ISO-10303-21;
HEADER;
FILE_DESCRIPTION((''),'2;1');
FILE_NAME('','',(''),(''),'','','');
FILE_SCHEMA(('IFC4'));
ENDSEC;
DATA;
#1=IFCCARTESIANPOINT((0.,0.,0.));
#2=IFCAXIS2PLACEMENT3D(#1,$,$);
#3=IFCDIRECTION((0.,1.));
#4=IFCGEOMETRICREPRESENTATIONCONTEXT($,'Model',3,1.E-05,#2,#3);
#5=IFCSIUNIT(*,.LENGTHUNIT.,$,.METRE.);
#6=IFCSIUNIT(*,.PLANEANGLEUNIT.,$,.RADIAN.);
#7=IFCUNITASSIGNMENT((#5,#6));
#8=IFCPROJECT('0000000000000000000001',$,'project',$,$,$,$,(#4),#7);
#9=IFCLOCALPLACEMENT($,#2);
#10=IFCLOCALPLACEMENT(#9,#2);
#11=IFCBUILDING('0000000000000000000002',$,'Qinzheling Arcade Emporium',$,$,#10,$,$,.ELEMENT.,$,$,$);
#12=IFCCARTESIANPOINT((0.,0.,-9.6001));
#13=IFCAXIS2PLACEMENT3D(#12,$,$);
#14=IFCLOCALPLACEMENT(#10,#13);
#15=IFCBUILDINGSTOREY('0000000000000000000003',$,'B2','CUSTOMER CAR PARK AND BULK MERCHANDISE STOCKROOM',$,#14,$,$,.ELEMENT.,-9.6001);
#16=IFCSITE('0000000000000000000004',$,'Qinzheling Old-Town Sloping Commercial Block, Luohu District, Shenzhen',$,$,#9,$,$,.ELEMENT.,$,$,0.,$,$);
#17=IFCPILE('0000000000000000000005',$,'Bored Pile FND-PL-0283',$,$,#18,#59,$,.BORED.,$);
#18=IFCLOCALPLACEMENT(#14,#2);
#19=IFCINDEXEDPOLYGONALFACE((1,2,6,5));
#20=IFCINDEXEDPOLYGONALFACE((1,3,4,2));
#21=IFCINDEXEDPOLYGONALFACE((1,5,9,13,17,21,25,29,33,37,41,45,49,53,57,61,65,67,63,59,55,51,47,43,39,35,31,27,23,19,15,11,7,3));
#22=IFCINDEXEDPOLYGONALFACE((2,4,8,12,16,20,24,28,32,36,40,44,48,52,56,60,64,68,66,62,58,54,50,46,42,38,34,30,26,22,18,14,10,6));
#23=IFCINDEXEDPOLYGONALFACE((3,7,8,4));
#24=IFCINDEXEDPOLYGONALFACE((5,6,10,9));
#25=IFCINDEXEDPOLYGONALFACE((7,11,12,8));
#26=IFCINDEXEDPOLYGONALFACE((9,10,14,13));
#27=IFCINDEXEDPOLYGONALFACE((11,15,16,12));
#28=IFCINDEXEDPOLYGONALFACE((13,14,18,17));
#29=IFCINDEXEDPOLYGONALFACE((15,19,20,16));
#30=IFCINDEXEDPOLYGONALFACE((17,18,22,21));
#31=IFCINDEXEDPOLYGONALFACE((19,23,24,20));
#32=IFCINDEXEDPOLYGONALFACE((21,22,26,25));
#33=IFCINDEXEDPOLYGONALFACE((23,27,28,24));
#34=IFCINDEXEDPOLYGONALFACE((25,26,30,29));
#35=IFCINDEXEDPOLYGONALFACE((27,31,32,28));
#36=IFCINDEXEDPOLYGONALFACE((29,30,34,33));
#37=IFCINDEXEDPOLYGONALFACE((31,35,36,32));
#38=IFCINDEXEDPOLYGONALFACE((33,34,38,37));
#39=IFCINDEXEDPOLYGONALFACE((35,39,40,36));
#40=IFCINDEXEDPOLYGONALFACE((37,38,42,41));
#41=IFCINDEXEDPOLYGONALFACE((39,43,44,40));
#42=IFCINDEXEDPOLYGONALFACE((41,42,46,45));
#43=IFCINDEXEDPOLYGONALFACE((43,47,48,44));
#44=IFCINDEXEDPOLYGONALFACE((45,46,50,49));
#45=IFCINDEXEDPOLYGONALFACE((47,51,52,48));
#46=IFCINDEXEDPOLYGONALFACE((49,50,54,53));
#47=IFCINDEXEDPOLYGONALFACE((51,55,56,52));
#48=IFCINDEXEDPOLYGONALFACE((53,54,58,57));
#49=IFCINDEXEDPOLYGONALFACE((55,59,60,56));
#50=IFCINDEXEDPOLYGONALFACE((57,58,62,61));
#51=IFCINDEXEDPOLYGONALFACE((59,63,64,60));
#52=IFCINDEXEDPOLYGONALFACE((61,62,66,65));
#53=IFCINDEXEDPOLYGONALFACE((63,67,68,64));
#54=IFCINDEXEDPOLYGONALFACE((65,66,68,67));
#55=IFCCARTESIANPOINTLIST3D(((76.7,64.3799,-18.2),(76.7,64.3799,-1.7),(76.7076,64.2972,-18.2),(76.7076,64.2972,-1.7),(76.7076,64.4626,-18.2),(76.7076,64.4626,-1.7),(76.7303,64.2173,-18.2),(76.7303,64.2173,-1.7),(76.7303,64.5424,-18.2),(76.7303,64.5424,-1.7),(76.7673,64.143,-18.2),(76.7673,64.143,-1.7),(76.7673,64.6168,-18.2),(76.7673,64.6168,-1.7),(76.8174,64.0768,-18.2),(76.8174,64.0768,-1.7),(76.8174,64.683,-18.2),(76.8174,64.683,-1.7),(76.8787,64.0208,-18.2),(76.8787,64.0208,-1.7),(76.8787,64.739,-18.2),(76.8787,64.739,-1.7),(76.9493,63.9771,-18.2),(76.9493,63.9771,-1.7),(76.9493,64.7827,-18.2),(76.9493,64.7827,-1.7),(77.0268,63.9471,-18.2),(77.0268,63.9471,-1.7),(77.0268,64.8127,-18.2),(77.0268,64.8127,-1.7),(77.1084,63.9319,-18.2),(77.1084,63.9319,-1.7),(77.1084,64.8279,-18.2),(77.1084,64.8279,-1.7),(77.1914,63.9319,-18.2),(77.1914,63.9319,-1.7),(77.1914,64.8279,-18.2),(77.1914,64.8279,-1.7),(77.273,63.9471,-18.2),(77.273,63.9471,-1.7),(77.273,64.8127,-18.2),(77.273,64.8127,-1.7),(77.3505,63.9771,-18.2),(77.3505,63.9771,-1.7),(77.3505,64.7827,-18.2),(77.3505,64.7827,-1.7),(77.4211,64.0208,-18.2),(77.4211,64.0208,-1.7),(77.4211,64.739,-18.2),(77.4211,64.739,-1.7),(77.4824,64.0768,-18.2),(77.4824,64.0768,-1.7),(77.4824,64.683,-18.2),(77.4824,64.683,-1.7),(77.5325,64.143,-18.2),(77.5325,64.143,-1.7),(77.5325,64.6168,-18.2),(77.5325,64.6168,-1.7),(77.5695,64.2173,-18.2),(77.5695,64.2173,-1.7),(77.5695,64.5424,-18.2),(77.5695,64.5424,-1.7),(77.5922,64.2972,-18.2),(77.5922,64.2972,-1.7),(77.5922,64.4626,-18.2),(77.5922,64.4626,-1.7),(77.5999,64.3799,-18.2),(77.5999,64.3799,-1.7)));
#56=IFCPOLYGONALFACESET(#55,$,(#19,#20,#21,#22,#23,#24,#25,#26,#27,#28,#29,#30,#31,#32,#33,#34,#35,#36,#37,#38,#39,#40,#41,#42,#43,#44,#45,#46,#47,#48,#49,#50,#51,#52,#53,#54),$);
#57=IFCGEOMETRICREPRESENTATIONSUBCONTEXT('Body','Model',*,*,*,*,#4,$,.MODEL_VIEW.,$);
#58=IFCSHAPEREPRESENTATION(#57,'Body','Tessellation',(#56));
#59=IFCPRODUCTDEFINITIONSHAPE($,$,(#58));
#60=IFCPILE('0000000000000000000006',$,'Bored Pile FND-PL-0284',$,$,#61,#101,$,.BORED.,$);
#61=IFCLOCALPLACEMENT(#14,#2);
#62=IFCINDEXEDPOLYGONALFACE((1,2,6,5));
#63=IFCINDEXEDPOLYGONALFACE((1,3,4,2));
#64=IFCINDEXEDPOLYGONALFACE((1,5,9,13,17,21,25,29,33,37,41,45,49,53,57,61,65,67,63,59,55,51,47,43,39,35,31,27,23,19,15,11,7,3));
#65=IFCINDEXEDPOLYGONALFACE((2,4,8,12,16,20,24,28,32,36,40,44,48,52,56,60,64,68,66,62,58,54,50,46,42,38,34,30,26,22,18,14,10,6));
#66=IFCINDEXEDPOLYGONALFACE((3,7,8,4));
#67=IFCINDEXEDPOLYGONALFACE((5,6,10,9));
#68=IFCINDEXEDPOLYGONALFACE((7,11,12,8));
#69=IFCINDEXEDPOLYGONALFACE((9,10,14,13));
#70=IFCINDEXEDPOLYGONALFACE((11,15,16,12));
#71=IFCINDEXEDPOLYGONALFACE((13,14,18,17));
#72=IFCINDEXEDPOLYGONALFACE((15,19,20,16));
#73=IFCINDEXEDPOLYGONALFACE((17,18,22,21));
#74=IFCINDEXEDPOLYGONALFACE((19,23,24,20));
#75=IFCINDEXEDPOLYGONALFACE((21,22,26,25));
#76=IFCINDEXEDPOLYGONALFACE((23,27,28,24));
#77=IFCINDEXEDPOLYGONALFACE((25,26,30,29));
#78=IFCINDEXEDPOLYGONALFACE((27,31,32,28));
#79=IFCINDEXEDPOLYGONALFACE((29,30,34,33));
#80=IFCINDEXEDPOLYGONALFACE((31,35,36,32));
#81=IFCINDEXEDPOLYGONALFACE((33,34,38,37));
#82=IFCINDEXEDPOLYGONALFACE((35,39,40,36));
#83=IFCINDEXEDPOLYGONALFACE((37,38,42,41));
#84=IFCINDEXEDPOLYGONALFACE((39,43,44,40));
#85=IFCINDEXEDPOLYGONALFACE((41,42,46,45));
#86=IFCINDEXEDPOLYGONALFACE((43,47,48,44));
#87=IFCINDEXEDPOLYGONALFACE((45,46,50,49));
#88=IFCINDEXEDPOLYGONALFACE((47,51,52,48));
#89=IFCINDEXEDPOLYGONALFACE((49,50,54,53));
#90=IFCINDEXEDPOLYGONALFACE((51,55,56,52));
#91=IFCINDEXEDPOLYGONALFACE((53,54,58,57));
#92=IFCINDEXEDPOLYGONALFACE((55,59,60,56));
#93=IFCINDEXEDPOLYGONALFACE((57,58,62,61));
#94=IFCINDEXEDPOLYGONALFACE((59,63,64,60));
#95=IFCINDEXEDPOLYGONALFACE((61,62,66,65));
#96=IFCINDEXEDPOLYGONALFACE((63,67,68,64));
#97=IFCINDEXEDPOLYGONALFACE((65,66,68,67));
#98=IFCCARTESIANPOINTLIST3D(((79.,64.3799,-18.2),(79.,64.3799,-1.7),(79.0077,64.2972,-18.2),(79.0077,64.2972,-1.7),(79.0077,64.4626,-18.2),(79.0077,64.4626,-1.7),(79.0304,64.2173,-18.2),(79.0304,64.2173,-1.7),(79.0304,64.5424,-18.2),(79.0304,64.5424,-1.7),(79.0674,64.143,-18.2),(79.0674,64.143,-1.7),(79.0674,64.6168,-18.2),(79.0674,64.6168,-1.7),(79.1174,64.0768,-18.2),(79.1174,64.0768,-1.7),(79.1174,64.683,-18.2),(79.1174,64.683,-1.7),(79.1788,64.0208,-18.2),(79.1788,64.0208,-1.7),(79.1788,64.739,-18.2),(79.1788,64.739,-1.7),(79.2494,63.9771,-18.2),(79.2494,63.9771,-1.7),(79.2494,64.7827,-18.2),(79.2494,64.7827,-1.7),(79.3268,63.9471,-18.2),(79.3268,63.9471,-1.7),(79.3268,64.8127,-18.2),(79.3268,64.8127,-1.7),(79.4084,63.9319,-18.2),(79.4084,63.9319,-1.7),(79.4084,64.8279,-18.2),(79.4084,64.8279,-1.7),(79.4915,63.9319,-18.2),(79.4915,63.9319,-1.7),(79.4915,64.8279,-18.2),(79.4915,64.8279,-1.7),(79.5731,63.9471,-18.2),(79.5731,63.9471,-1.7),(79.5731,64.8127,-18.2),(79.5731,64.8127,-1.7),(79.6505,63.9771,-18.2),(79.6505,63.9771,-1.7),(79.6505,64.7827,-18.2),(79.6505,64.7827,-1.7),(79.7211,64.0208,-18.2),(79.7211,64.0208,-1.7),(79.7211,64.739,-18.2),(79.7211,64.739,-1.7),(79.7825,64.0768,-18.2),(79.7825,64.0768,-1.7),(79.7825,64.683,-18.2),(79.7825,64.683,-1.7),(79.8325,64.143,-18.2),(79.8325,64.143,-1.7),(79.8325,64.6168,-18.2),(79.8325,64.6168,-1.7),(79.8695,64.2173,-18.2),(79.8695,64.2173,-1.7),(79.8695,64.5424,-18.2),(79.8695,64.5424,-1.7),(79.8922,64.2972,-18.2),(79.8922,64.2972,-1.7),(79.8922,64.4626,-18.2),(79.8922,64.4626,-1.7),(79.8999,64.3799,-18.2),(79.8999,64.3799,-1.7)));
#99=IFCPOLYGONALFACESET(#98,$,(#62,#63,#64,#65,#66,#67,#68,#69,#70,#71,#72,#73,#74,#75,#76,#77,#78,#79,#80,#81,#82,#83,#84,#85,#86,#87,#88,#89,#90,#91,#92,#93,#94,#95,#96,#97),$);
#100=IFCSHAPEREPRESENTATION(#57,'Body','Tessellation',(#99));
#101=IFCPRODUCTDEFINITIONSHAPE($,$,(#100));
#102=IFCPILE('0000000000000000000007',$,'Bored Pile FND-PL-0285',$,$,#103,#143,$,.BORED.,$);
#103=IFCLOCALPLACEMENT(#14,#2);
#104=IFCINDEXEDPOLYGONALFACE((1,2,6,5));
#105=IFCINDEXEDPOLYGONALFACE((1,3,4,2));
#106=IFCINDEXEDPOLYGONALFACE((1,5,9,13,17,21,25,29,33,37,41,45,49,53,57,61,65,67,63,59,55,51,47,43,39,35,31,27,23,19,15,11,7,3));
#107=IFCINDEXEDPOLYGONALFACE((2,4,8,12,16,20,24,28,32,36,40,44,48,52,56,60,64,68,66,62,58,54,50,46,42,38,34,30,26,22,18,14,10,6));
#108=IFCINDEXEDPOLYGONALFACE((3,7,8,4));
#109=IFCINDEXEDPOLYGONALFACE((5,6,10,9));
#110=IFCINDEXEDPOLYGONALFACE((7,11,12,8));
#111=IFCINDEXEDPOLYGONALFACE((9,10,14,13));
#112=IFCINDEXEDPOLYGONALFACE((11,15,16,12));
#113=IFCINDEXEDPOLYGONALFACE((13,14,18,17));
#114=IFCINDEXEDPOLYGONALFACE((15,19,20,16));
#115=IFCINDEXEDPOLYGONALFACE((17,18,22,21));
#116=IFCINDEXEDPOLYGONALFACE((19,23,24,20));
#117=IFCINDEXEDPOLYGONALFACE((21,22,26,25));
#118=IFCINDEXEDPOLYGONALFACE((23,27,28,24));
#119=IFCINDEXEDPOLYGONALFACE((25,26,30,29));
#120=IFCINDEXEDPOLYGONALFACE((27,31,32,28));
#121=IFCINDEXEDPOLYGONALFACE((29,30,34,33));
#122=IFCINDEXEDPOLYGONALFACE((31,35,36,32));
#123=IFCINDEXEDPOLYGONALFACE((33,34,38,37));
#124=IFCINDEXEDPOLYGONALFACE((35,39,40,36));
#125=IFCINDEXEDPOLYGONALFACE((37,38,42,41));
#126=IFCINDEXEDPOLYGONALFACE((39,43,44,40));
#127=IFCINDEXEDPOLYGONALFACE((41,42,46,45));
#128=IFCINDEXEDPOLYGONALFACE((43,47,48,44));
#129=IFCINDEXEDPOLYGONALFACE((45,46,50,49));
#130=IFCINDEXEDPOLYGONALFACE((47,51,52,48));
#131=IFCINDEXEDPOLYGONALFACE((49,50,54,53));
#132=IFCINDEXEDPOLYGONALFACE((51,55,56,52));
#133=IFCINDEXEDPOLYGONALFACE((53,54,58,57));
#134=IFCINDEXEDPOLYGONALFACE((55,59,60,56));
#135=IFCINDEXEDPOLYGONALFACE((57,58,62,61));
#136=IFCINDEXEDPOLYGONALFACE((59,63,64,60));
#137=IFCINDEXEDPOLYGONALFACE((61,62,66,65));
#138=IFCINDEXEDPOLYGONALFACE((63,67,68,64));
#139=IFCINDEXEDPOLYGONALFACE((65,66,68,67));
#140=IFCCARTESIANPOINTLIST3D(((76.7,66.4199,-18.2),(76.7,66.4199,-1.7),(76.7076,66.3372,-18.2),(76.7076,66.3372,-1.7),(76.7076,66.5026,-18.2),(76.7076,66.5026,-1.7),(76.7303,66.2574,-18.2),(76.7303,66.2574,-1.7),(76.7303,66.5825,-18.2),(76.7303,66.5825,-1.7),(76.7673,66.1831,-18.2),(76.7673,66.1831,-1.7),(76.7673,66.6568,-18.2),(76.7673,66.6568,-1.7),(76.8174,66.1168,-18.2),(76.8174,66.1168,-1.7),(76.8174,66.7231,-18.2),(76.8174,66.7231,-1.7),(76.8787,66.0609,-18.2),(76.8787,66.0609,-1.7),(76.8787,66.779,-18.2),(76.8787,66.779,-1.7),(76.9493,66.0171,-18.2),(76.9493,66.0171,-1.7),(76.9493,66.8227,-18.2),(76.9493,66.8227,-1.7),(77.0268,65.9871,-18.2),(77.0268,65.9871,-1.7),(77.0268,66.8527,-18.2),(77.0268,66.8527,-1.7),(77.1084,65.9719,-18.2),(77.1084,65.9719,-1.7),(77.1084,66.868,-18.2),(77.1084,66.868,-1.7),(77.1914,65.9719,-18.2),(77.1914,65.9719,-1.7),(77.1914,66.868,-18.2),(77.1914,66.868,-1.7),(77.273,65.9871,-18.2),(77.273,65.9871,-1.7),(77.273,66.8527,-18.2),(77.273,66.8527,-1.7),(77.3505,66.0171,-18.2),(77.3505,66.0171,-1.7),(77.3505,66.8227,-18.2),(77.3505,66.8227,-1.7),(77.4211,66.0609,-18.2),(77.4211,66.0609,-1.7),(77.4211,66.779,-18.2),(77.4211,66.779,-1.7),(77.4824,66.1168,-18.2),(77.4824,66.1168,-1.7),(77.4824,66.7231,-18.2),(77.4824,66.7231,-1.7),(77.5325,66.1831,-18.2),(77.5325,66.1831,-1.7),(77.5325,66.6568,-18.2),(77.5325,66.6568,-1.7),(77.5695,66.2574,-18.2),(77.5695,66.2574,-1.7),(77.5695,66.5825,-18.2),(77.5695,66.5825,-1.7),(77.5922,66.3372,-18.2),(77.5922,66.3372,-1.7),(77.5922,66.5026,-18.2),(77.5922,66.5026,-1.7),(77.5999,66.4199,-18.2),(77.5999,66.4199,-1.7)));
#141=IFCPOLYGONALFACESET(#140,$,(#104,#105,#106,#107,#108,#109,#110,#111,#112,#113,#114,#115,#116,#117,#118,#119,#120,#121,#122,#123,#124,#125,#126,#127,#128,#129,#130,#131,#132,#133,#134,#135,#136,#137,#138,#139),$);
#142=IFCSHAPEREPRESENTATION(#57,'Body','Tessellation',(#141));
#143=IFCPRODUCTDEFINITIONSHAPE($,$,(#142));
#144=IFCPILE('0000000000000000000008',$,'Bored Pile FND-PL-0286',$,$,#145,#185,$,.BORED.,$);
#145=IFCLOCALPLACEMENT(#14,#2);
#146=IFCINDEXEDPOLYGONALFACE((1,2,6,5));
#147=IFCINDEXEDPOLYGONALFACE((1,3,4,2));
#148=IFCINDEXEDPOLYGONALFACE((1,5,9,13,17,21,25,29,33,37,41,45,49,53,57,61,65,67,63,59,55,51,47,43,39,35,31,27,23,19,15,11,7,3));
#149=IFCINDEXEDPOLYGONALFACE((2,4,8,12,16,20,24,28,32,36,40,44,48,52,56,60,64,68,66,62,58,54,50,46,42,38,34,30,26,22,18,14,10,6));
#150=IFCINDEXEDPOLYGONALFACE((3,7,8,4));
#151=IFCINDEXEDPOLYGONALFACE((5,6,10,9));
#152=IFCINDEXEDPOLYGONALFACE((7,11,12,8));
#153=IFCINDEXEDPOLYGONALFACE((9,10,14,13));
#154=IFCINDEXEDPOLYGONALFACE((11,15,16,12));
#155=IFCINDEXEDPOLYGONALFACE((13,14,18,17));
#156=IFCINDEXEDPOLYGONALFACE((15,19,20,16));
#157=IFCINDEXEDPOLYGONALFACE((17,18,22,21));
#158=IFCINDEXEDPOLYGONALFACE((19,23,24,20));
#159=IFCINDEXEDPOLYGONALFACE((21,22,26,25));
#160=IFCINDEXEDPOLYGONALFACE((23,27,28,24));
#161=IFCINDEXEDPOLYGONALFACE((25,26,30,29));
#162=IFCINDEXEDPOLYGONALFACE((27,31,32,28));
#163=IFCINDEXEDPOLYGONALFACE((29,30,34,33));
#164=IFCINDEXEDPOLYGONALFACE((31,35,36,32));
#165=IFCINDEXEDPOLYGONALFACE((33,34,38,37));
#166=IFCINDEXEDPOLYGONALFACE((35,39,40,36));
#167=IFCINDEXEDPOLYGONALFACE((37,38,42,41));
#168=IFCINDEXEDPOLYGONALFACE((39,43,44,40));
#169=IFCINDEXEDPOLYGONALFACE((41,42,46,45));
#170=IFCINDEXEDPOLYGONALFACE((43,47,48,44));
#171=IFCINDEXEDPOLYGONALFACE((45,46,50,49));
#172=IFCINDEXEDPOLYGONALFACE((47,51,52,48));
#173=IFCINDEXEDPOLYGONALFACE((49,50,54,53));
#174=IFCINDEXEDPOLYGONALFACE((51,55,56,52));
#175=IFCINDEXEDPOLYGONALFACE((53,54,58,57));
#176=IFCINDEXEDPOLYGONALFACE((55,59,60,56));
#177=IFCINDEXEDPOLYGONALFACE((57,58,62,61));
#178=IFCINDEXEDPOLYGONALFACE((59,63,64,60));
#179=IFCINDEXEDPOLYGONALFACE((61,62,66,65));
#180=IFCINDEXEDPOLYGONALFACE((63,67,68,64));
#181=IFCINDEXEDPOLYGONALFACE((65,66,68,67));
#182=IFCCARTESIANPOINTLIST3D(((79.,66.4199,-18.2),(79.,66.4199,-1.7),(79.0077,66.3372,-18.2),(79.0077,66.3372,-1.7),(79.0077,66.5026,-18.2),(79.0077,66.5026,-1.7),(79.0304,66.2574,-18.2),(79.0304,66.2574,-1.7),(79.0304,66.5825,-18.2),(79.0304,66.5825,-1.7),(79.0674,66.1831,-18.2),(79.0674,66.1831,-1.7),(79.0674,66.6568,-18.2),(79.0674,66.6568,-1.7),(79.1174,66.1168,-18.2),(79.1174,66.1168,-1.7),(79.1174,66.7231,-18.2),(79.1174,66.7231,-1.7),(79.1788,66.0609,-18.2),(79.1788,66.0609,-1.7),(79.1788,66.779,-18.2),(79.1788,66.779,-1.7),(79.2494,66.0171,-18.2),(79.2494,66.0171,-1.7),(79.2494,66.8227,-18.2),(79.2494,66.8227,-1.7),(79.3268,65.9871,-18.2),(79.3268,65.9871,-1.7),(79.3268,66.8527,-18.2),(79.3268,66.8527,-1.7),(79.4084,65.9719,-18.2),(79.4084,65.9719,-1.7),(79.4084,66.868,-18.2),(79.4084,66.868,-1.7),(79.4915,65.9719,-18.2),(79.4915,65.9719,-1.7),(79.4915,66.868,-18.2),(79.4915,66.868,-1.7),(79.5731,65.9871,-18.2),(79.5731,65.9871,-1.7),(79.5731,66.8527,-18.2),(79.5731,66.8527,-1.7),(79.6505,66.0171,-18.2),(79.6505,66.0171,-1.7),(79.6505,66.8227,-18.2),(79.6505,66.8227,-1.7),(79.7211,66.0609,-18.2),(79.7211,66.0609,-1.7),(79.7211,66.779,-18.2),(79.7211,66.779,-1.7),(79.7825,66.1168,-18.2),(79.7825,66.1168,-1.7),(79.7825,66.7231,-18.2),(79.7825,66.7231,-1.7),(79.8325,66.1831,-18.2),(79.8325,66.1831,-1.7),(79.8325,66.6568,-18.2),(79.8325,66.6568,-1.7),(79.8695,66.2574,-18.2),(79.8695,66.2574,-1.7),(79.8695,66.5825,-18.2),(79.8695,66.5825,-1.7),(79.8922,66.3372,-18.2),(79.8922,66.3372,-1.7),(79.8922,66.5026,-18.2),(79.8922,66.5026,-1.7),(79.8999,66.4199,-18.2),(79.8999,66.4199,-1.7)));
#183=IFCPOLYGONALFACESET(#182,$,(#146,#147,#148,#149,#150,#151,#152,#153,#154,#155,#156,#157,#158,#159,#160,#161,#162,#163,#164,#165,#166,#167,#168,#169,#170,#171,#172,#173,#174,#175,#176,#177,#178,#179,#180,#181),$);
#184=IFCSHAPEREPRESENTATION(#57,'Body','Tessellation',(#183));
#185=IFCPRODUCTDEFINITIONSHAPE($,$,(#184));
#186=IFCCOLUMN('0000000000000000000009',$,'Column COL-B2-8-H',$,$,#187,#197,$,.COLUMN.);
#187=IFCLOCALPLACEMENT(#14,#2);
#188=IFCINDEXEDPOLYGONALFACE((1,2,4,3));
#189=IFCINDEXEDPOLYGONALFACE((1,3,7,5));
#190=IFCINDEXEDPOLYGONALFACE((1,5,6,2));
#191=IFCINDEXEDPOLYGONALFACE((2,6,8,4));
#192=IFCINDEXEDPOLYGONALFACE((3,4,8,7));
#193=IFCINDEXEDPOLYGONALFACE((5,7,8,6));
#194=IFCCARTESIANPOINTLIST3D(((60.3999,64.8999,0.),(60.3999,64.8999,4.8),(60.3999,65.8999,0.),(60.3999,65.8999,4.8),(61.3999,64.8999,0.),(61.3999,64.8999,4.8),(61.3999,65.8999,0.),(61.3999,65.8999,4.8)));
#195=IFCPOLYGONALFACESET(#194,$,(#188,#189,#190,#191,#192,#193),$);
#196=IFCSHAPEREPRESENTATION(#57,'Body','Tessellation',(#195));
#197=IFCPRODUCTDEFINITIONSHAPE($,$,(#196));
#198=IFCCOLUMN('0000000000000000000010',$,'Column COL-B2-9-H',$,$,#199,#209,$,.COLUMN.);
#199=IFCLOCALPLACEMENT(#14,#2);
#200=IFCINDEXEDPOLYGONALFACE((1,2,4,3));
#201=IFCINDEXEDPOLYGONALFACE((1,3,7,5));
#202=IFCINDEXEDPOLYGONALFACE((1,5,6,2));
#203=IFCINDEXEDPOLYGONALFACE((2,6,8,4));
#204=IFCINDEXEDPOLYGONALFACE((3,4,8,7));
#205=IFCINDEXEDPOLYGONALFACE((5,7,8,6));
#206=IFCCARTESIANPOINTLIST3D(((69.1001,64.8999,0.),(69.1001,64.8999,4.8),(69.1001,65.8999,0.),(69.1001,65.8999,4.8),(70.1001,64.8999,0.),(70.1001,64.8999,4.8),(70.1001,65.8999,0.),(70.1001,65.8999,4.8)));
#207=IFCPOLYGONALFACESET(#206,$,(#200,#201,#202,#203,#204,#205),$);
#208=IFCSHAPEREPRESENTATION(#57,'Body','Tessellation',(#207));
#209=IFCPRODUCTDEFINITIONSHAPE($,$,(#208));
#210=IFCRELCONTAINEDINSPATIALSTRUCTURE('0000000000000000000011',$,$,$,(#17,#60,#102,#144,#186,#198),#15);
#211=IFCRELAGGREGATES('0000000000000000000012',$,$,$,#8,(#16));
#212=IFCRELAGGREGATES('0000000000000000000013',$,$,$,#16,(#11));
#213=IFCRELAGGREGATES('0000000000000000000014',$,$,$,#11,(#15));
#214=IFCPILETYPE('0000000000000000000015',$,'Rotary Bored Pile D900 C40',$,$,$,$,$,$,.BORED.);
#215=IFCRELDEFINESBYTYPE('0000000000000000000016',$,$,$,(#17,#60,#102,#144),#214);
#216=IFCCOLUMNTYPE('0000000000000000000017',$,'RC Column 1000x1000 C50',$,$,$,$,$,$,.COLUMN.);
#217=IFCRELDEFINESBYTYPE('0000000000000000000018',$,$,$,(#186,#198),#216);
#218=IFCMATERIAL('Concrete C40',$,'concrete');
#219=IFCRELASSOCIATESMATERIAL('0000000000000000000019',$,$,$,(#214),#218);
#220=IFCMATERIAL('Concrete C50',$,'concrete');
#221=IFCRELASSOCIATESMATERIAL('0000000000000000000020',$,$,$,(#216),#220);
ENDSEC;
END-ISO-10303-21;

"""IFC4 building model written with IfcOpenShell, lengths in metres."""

from ifc_helpers import new_model, si_unit, direction, frame, origin, origin_2d, place, context, subcontext, project, spatial, rectangle, circle, extrude, material, material_profile, profile_set, type_object, element, save


model = new_model("IFC4")

# Units and contexts
model_context = context("Model", 3, precision=1e-05, world=origin(), true_north=direction((0.0, 1.0)))
body_context = subcontext(model_context, "Body", "Model", "MODEL_VIEW")
ifc_project = project(units=[si_unit("LENGTHUNIT", "METRE"), si_unit("PLANEANGLEUNIT", "RADIAN")], contexts=[model_context])

# Site, building, storey
site_placement = place(None, origin())
site = spatial("IfcSite", under=ifc_project, at=site_placement, Name="Qinzheling Old-Town Sloping Commercial Block, Luohu District, Shenzhen", CompositionType="ELEMENT", RefElevation=0.0)
building_placement = place(site_placement, origin())
building = spatial("IfcBuilding", under=site, at=building_placement, Name="Qinzheling Arcade Emporium", CompositionType="ELEMENT")
storey_placement = place(building_placement, frame((0.0, 0.0, -9.6001)))
storey = spatial("IfcBuildingStorey", under=building, at=storey_placement, Name="B2", Description="CUSTOMER CAR PARK AND BULK MERCHANDISE STOCKROOM", CompositionType="ELEMENT", Elevation=-9.6001)

# Shared definitions
ifc_material_1 = material(Name="Concrete C40", Category="concrete")

# Piles
ifc_material_profile_1 = material_profile(ifc_material_1, circle(Radius=0.45, at=origin_2d()), Name="BORED D900", Category="concrete")
ifc_profile_set_1 = profile_set([ifc_material_profile_1], Name="Concrete C40")
pile_type = type_object("IfcPileType", Name="Rotary Bored Pile D900 C40", PredefinedType="BORED", material=ifc_profile_set_1)
for number, where, z_axis, x_axis, name in (
    (1, (77.1499, 64.3799, -1.7), (0.0, 0.0, -1.0), (1.0, 0.0, 0.0), "Bored Pile FND-PL-0283"),
    (2, (79.45, 64.3799, -1.7), (0.0, 0.0, -1.0), (1.0, 0.0, 0.0), "Bored Pile FND-PL-0284"),
    (3, (77.1499, 66.4199, -1.7), (0.0, 0.0, -1.0), (1.0, 0.0, 0.0), "Bored Pile FND-PL-0285"),
    (4, (79.45, 66.4199, -1.7), (0.0, 0.0, -1.0), (1.0, 0.0, 0.0), "Bored Pile FND-PL-0286"),
):
    element("IfcPile", number, at=place(storey_placement, frame(where, z_axis=z_axis, x_axis=x_axis)), inside=storey, type_object=pile_type, Name=name, PredefinedType="BORED", context=body_context, shape_type="SweptSolid", body=[
        extrude(circle(Radius=0.45, at=origin_2d()), origin(), (0.0, 0.0, 1.0), 16.5),
    ])

# Columns
ifc_material_2 = material(Name="Concrete C50", Category="concrete")
ifc_material_profile_2 = material_profile(ifc_material_2, rectangle(XDim=1.0, YDim=1.0, at=origin_2d()), Name="RC 1000x1000", Category="concrete")
ifc_profile_set_2 = profile_set([ifc_material_profile_2], Name="Concrete C50")
column_type = type_object("IfcColumnType", Name="RC Column 1000x1000 C50", PredefinedType="COLUMN", material=ifc_profile_set_2)
for number, where, z_axis, x_axis, name in (
    (5, (60.8999, 65.3999, 0.0), (0.0, 0.0, 1.0), (1.0, 0.0, 0.0), "Column COL-B2-8-H"),
    (6, (69.6001, 65.3999, 0.0), (0.0, 0.0, 1.0), (1.0, 0.0, 0.0), "Column COL-B2-9-H"),
):
    element("IfcColumn", number, at=place(storey_placement, frame(where, z_axis=z_axis, x_axis=x_axis)), inside=storey, type_object=column_type, Name=name, PredefinedType="COLUMN", context=body_context, shape_type="SweptSolid", body=[
        extrude(rectangle(XDim=1.0, YDim=1.0, at=origin_2d()), origin(), (0.0, 0.0, 1.0), 4.8),
    ])

save(model, "model.ifc")
